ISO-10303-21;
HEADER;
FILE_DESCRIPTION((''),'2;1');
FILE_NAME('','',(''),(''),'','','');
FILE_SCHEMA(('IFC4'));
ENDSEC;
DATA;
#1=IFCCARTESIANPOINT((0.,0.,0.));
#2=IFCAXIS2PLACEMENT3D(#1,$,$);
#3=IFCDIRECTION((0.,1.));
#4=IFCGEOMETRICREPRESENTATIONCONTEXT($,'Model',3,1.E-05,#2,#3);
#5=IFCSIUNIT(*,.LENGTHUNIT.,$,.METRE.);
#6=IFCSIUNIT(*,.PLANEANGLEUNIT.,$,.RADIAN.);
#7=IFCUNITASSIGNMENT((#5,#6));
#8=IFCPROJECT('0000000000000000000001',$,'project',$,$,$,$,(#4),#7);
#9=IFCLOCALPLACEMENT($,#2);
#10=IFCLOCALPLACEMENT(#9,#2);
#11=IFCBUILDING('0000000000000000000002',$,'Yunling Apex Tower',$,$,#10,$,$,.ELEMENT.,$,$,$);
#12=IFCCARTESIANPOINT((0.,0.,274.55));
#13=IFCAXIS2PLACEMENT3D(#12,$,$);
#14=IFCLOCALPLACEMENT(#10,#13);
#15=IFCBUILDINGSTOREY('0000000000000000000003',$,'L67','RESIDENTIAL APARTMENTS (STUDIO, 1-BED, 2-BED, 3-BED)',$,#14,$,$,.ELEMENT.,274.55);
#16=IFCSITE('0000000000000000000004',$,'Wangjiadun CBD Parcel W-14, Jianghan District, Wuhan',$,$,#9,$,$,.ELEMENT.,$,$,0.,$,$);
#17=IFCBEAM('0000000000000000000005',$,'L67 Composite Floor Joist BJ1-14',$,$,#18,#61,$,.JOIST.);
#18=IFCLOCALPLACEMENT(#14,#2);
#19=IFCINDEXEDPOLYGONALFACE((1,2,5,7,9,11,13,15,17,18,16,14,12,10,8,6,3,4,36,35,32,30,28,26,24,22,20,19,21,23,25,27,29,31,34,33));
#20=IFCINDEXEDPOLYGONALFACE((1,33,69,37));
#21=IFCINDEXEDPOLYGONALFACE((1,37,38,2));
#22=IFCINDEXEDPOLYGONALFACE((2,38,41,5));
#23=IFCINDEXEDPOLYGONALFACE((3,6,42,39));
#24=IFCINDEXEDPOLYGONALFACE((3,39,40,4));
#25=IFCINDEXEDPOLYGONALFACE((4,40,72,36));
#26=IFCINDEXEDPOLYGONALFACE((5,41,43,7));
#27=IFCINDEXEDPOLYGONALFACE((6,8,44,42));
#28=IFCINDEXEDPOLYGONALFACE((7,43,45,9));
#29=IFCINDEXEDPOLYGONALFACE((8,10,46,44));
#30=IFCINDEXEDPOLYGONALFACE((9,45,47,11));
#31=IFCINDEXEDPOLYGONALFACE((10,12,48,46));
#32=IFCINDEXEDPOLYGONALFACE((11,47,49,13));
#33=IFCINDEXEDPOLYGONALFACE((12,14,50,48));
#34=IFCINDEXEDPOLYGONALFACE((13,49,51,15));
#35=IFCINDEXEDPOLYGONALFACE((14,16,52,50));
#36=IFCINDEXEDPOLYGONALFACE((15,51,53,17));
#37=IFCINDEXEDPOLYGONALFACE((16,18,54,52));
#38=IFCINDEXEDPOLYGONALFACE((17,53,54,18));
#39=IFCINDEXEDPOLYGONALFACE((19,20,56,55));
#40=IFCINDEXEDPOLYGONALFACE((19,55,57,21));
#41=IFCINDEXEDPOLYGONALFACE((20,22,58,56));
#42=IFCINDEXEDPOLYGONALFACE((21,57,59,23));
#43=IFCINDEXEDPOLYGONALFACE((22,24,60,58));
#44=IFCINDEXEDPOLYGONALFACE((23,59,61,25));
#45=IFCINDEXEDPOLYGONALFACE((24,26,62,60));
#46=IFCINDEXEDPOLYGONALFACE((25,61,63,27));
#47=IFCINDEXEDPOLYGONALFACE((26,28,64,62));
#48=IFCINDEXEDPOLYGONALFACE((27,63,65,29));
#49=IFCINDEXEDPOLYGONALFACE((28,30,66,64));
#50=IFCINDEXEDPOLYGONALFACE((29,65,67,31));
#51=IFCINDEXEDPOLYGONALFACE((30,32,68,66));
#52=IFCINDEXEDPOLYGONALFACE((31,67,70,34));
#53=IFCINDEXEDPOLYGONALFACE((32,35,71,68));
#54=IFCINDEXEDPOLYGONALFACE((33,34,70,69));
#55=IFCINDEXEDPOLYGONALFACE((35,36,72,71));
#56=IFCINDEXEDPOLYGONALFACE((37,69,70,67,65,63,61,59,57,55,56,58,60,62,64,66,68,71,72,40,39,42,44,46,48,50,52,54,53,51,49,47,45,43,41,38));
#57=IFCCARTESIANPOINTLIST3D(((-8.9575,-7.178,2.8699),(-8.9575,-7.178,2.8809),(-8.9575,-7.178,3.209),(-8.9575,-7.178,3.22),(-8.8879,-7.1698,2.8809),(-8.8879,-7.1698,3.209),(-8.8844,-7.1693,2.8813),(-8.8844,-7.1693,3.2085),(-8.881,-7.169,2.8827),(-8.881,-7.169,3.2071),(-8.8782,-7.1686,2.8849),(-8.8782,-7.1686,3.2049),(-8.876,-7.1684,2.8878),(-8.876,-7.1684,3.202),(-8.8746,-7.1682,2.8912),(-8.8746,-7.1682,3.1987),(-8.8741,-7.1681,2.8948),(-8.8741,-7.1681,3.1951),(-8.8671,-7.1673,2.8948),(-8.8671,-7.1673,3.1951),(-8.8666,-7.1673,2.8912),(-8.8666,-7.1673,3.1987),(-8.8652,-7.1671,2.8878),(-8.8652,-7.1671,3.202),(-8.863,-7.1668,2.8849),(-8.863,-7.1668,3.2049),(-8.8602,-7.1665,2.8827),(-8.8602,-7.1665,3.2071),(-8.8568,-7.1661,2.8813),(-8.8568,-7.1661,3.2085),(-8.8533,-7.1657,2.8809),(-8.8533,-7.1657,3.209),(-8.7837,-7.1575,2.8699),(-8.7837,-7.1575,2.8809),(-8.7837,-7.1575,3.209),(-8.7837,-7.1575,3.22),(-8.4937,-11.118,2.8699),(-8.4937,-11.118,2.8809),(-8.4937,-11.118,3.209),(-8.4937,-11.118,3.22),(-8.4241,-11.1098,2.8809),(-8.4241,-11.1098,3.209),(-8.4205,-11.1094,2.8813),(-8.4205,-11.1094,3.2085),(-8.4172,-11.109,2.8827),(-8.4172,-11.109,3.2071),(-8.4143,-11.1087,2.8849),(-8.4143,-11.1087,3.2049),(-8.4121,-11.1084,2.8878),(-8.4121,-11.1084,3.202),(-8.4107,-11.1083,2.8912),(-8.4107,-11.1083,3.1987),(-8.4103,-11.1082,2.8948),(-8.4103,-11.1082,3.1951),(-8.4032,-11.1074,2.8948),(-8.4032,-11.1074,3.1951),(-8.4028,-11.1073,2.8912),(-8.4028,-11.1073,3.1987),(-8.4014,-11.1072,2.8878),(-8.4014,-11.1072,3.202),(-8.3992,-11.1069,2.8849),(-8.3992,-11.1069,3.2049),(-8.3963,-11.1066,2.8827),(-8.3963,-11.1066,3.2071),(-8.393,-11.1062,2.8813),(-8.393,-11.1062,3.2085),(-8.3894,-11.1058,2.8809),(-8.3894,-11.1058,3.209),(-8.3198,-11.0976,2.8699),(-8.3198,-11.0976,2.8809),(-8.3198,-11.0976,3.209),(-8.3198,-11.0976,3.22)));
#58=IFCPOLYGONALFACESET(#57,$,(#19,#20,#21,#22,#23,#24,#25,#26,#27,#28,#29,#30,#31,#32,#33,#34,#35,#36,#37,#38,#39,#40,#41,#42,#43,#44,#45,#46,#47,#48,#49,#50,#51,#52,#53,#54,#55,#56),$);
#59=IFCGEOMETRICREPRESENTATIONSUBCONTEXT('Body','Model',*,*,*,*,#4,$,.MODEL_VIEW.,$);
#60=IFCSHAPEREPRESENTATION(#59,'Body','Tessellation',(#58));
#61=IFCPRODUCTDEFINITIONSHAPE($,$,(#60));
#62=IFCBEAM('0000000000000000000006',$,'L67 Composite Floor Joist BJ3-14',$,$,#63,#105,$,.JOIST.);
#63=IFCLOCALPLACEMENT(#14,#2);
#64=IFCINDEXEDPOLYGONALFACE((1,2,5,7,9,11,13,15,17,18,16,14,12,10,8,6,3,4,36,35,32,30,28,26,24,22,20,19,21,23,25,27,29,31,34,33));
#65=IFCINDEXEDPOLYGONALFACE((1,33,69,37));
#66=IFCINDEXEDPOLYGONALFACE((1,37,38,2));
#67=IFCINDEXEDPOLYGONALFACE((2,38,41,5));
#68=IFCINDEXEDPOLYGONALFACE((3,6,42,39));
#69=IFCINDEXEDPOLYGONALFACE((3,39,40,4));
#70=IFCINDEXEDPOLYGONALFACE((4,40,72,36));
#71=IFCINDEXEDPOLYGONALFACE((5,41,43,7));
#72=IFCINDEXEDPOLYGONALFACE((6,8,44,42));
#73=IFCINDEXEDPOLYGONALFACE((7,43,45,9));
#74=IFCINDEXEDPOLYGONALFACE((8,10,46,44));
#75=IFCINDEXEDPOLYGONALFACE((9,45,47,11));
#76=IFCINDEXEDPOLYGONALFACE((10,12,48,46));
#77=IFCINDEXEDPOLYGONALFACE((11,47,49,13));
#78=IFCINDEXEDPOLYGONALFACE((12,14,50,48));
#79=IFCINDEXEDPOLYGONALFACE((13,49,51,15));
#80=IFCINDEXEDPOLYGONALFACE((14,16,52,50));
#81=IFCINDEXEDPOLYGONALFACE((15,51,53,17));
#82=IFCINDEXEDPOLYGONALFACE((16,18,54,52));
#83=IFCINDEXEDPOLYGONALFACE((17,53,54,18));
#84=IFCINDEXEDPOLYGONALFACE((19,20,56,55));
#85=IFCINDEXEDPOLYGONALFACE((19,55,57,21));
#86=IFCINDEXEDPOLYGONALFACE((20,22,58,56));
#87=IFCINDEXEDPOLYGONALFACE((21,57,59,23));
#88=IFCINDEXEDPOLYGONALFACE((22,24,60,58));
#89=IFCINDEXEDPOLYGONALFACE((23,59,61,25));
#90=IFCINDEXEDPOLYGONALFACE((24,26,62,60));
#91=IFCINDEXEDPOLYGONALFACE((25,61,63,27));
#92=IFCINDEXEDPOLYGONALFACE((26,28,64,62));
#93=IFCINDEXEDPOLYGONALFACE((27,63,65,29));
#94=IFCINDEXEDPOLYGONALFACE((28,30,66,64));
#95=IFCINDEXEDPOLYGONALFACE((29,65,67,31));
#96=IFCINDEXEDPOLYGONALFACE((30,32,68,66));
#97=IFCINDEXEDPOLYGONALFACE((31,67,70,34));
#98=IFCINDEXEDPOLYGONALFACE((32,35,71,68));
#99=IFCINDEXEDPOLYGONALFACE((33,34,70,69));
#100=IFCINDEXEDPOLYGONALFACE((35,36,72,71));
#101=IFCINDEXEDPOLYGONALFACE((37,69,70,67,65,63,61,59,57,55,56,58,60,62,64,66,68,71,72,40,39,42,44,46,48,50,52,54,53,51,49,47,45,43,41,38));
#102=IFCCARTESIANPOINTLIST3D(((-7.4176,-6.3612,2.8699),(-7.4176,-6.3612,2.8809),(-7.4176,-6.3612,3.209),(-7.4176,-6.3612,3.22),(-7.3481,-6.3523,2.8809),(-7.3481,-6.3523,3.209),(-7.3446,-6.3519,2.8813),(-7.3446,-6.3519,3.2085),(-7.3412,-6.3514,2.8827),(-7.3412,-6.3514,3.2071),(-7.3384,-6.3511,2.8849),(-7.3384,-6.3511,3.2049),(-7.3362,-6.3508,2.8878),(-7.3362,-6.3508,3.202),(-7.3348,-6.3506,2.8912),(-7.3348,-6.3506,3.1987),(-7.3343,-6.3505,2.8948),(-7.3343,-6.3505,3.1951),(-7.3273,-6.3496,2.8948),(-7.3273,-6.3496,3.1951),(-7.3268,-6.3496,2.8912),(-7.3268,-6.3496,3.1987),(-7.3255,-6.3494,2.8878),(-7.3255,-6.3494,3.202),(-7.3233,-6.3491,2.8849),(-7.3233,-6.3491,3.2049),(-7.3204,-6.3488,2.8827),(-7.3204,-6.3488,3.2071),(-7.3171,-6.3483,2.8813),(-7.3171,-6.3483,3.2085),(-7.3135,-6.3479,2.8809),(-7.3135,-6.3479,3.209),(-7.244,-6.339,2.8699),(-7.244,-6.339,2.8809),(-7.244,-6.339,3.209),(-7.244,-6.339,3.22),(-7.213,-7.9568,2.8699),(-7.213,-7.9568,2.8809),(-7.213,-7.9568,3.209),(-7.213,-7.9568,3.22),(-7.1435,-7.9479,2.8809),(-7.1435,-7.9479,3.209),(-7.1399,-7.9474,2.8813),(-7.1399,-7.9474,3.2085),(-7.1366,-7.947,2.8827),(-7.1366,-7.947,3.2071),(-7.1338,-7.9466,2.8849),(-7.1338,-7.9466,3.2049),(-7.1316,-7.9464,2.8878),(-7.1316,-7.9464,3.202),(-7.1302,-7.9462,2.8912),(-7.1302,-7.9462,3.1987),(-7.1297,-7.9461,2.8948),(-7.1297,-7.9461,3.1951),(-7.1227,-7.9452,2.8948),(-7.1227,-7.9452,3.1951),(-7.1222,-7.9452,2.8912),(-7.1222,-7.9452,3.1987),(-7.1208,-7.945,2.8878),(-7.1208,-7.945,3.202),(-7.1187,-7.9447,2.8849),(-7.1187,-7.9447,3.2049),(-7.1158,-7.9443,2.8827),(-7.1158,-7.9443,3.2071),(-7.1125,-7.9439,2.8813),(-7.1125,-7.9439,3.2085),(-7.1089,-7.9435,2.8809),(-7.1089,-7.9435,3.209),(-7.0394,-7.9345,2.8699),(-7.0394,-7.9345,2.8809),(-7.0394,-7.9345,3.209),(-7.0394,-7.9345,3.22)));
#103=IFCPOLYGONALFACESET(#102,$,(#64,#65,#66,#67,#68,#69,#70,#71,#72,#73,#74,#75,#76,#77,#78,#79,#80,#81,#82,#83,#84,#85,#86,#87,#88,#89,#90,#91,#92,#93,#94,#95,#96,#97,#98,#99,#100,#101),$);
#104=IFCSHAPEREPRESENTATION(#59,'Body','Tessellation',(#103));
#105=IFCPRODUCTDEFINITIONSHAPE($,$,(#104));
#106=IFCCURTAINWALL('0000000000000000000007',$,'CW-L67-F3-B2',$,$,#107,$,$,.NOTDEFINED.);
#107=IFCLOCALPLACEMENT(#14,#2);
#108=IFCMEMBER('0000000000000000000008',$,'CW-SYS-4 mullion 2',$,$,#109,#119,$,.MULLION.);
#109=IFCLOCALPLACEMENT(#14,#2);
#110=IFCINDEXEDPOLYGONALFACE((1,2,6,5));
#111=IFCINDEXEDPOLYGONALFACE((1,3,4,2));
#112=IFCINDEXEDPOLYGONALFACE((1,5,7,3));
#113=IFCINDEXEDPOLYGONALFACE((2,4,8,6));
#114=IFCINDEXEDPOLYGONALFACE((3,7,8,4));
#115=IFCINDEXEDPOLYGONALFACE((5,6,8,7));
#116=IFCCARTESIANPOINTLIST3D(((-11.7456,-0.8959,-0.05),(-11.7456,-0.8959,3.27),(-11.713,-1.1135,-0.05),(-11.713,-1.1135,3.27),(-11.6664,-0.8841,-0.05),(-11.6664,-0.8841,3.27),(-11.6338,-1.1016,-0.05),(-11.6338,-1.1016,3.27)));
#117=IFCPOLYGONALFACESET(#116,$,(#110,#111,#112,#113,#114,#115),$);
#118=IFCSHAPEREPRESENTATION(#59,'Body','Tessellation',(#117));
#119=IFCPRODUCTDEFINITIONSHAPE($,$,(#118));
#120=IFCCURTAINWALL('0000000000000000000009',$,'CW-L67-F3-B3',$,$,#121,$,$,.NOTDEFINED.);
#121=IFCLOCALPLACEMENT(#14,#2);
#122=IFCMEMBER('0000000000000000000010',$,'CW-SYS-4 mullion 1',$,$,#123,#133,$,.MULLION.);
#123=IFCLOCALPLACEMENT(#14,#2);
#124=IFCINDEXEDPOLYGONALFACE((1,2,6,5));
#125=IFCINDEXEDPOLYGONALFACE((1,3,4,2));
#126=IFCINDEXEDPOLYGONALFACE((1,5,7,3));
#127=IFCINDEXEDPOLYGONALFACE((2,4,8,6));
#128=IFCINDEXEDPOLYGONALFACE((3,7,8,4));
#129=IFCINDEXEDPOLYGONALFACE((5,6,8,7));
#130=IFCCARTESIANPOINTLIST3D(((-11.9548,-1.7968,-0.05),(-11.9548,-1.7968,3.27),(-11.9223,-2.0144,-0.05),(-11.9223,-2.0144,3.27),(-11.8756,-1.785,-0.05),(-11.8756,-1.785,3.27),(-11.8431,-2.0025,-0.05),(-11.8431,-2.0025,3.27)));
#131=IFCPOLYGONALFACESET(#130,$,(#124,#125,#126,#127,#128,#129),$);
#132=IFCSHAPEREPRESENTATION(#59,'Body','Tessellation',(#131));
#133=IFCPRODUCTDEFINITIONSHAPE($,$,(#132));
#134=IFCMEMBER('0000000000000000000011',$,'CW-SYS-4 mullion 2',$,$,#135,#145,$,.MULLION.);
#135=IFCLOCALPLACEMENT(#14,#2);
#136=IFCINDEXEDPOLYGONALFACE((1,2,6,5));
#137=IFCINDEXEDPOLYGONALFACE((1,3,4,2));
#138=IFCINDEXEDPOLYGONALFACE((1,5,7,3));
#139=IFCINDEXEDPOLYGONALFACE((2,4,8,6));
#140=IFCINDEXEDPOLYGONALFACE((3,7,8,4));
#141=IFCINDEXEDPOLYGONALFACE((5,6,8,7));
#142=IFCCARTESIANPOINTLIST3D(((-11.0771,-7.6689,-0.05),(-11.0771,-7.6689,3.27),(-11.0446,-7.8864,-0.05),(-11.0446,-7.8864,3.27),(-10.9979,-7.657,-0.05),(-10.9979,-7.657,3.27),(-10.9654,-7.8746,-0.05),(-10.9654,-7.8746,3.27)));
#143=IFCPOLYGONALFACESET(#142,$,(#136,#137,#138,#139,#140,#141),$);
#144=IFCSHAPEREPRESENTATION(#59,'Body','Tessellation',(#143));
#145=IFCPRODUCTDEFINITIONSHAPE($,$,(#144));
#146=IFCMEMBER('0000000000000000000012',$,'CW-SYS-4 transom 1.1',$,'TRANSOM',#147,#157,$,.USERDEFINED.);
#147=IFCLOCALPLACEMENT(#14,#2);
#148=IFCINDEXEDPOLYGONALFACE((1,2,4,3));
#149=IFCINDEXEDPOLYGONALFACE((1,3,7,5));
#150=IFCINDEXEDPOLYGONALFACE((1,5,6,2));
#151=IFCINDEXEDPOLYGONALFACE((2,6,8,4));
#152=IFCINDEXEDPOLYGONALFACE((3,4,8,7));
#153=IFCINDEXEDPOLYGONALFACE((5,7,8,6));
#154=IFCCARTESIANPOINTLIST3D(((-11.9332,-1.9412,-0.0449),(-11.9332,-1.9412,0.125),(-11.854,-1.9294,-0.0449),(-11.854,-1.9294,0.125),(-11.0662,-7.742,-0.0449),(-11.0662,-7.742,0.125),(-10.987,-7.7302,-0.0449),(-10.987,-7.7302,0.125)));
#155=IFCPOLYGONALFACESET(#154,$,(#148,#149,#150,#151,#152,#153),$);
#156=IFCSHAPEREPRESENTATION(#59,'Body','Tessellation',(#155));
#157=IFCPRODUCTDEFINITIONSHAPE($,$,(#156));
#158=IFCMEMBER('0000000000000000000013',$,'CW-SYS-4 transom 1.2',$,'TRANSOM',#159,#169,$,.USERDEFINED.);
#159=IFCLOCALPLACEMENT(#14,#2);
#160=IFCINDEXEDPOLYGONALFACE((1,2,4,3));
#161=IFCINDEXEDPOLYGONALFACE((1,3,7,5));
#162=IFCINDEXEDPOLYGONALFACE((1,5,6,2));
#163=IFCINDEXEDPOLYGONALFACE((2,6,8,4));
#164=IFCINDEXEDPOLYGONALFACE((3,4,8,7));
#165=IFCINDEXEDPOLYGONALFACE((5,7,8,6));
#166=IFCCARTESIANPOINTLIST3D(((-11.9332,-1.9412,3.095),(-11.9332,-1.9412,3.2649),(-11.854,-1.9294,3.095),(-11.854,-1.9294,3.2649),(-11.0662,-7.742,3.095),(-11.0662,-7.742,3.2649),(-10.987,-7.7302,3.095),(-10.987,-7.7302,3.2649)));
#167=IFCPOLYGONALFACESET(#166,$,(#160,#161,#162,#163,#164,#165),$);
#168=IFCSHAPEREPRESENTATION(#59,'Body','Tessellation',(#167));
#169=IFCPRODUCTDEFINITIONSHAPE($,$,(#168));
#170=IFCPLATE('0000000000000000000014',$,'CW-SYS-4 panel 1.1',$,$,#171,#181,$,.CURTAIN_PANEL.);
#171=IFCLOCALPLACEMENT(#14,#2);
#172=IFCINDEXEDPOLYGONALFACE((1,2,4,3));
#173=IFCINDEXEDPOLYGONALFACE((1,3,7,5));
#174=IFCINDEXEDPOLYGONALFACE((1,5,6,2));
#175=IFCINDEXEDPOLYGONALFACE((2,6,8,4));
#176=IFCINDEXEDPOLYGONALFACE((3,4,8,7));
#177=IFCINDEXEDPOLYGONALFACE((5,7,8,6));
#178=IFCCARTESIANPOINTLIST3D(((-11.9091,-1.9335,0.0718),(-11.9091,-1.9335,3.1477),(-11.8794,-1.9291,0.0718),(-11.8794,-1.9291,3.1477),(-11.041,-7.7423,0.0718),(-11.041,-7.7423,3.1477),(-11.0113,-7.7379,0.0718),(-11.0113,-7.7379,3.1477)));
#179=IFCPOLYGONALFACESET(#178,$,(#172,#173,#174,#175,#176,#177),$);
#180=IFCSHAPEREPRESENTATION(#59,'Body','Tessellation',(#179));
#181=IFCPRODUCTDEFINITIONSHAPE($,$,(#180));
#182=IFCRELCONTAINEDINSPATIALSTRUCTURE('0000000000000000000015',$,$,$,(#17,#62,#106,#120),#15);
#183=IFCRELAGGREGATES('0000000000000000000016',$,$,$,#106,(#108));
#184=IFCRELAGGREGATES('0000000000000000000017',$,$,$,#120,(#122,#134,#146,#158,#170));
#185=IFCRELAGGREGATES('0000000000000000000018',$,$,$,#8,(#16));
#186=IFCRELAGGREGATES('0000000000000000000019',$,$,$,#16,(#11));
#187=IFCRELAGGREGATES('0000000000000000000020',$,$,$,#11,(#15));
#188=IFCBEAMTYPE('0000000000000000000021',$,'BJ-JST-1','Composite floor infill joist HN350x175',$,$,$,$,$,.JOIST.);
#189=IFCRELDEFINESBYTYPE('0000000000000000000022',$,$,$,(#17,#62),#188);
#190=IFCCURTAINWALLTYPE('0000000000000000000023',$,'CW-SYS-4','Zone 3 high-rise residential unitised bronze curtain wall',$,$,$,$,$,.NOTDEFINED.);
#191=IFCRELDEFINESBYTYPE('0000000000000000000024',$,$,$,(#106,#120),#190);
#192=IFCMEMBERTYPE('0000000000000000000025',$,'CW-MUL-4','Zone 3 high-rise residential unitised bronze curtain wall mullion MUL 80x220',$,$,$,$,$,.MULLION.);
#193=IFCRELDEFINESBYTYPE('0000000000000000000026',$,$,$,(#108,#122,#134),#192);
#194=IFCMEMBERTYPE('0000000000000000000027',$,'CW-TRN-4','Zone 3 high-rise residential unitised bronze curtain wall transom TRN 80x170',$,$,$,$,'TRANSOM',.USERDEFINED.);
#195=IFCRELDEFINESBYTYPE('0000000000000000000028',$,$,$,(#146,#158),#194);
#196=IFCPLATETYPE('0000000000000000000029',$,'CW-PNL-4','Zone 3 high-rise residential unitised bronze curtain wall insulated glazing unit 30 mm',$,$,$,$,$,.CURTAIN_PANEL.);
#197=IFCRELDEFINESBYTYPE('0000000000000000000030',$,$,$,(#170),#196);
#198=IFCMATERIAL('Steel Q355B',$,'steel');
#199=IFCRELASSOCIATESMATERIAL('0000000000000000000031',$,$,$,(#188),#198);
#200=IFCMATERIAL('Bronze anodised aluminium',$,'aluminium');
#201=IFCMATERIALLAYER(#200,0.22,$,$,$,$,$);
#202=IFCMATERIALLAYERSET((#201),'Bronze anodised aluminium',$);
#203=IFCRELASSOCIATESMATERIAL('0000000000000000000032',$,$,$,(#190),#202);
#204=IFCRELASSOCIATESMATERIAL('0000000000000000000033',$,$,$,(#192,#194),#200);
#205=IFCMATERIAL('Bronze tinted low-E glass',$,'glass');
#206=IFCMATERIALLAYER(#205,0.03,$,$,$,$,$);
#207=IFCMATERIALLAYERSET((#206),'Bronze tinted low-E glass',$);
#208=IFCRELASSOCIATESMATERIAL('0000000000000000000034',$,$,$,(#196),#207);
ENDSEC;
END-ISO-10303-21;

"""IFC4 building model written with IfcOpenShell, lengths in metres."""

from ifc_helpers import new_model, si_unit, direction, frame, origin, origin_2d, place, context, subcontext, project, spatial, rectangle, i_section, extrude, source, transform, mapped, material, layer, layer_set, material_profile, profile_set, type_object, element, aggregate, save


model = new_model("IFC4")

# Units and contexts
model_context = context("Model", 3, precision=1e-05, world=origin(), true_north=direction((0.0, 1.0)))
body_context = subcontext(model_context, "Body", "Model", "MODEL_VIEW")
ifc_project = project(units=[si_unit("LENGTHUNIT", "METRE"), si_unit("PLANEANGLEUNIT", "RADIAN")], contexts=[model_context])

# Site, building, storey
site_placement = place(None, origin())
site = spatial("IfcSite", under=ifc_project, at=site_placement, Name="Wangjiadun CBD Parcel W-14, Jianghan District, Wuhan", CompositionType="ELEMENT", RefElevation=0.0)
building_placement = place(site_placement, origin())
building = spatial("IfcBuilding", under=site, at=building_placement, Name="Yunling Apex Tower", CompositionType="ELEMENT")
storey_placement = place(building_placement, frame((0.0, 0.0, 274.55)))
storey = spatial("IfcBuildingStorey", under=building, at=storey_placement, Name="L67", Description="RESIDENTIAL APARTMENTS (STUDIO, 1-BED, 2-BED, 3-BED)", CompositionType="ELEMENT", Elevation=274.55)

# Shared definitions
ifc_material_1 = material(Name="Steel Q355B", Category="steel")

# Beams
ifc_material_profile_1 = material_profile(ifc_material_1, i_section(OverallWidth=0.175, OverallDepth=0.3501, WebThickness=0.0071, FlangeThickness=0.011, FilletRadius=0.0139, at=origin_2d()))
ifc_profile_set_1 = profile_set([ifc_material_profile_1], Name="Steel Q355B")
beam_type_1 = type_object("IfcBeamType", Name="BJ-JST-1", Description="Composite floor infill joist HN350x175", PredefinedType="JOIST", material=ifc_profile_set_1)
shared_shape_1 = source(origin(), body_context, "Body", "SweptSolid", [
    extrude(i_section(OverallWidth=0.175, OverallDepth=0.3501, WebThickness=0.0071, FlangeThickness=0.011, FilletRadius=0.0139, at=origin_2d()), origin(), (0.0, 0.0, 1.0), 3.9673),
])
beam_1_placement = place(storey_placement, frame((-8.8706, -7.1677, 3.0449), z_axis=(0.11692, -0.993141, 0.0), x_axis=(0.993141, 0.11692, 0.0)))
element("IfcBeam", 1, at=beam_1_placement, inside=storey, type_object=beam_type_1, Name="L67 Composite Floor Joist BJ1-14", PredefinedType="JOIST", context=body_context, shape_type="MappedRepresentation", body=[
    mapped(shared_shape_1, transform((0.0, 0.0, 0.0), scale=1.0)),
])
shared_shape_2 = source(origin(), body_context, "Body", "SweptSolid", [
    extrude(i_section(OverallWidth=0.175, OverallDepth=0.3501, WebThickness=0.0071, FlangeThickness=0.011, FilletRadius=0.0139, at=origin_2d()), origin(), (0.0, 0.0, 1.0), 1.6086),
])
beam_2_placement = place(storey_placement, frame((-7.3308, -6.3501, 3.0449), z_axis=(0.127191, -0.991878, 0.0), x_axis=(0.991878, 0.127191, 0.0)))
element("IfcBeam", 2, at=beam_2_placement, inside=storey, type_object=beam_type_1, Name="L67 Composite Floor Joist BJ3-14", PredefinedType="JOIST", context=body_context, shape_type="MappedRepresentation", body=[
    mapped(shared_shape_2, transform((0.0, 0.0, 0.0), scale=1.0)),
])

# Curtain wall, member
ifc_material_2 = material(Name="Bronze anodised aluminium", Category="aluminium")
ifc_layer_1 = layer(ifc_material_2, 0.22)
ifc_layer_set_1 = layer_set([ifc_layer_1], Name="Bronze anodised aluminium")
curtain_wall_type = type_object("IfcCurtainWallType", Name="CW-SYS-4", Description="Zone 3 high-rise residential unitised bronze curtain wall", PredefinedType="NOTDEFINED", material=ifc_layer_set_1)
curtain_wall_1_placement = place(storey_placement, origin())
curtain_wall_1 = element("IfcCurtainWall", 3, at=curtain_wall_1_placement, inside=storey, type_object=curtain_wall_type, Name="CW-L67-F3-B2", PredefinedType="NOTDEFINED")
ifc_material_profile_2 = material_profile(ifc_material_2, rectangle(XDim=0.0801, YDim=0.22, at=origin_2d()))
ifc_profile_set_2 = profile_set([ifc_material_profile_2], Name="Bronze anodised aluminium")
member_type_1 = type_object("IfcMemberType", Name="CW-MUL-4", Description="Zone 3 high-rise residential unitised bronze curtain wall mullion MUL 80x220", PredefinedType="MULLION", material=ifc_profile_set_2)
shared_shape_3 = source(origin(), body_context, "Body", "SweptSolid", [
    extrude(rectangle(XDim=0.0801, YDim=0.22, at=origin_2d()), origin(), (0.0, 0.0, 1.0), 3.3201),
])
member_1_placement = place(storey_placement, frame((-11.6897, -0.9988, -0.05), z_axis=(0.0, 0.0, 1.0), x_axis=(0.989017, 0.147804, 0.0)))
member_1 = element("IfcMember", 4, at=member_1_placement, type_object=member_type_1, Name="CW-SYS-4 mullion 2", PredefinedType="MULLION", context=body_context, shape_type="MappedRepresentation", body=[
    mapped(shared_shape_3, transform((0.0, 0.0, 0.0), scale=1.0)),
])
aggregate(curtain_wall_1, [member_1])

# Curtain wall, members, plate
curtain_wall_2_placement = place(storey_placement, origin())
curtain_wall_2 = element("IfcCurtainWall", 5, at=curtain_wall_2_placement, inside=storey, type_object=curtain_wall_type, Name="CW-L67-F3-B3", PredefinedType="NOTDEFINED")
member_2_placement = place(storey_placement, frame((-11.8989, -1.8997, -0.05), z_axis=(0.0, 0.0, 1.0), x_axis=(0.989016, 0.147807, 0.0)))
member_2 = element("IfcMember", 6, at=member_2_placement, type_object=member_type_1, Name="CW-SYS-4 mullion 1", PredefinedType="MULLION", context=body_context, shape_type="MappedRepresentation", body=[
    mapped(shared_shape_3, transform((0.0, 0.0, 0.0), scale=1.0)),
])
member_3_placement = place(storey_placement, frame((-11.0212, -7.7717, -0.05), z_axis=(0.0, 0.0, 1.0), x_axis=(0.989016, 0.147807, 0.0)))
member_3 = element("IfcMember", 7, at=member_3_placement, type_object=member_type_1, Name="CW-SYS-4 mullion 2", PredefinedType="MULLION", context=body_context, shape_type="MappedRepresentation", body=[
    mapped(shared_shape_3, transform((0.0, 0.0, 0.0), scale=1.0)),
])
ifc_material_profile_3 = material_profile(ifc_material_2, rectangle(XDim=0.0801, YDim=0.1699, at=origin_2d()))
ifc_profile_set_3 = profile_set([ifc_material_profile_3], Name="Bronze anodised aluminium")
member_type_2 = type_object("IfcMemberType", Name="CW-TRN-4", Description="Zone 3 high-rise residential unitised bronze curtain wall transom TRN 80x170", ElementType="TRANSOM", PredefinedType="USERDEFINED", material=ifc_profile_set_3)
shared_shape_4 = source(origin(), body_context, "Body", "SweptSolid", [
    extrude(rectangle(XDim=0.0801, YDim=0.1699, at=origin_2d()), origin(), (0.0, 0.0, 1.0), 5.8652),
])
member_4_placement = place(storey_placement, frame((-11.8936, -1.9353, 0.04), z_axis=(0.147811, -0.989016, 0.0), x_axis=(0.989016, 0.147811, 0.0)))
member_4 = element("IfcMember", 8, at=member_4_placement, type_object=member_type_2, Name="CW-SYS-4 transom 1.1", ObjectType="TRANSOM", PredefinedType="USERDEFINED", context=body_context, shape_type="MappedRepresentation", body=[
    mapped(shared_shape_4, transform((0.0, 0.0, 0.0), scale=1.0)),
])
member_5_placement = place(storey_placement, frame((-11.8936, -1.9353, 3.1799), z_axis=(0.147811, -0.989016, 0.0), x_axis=(0.989016, 0.147811, 0.0)))
member_5 = element("IfcMember", 9, at=member_5_placement, type_object=member_type_2, Name="CW-SYS-4 transom 1.2", ObjectType="TRANSOM", PredefinedType="USERDEFINED", context=body_context, shape_type="MappedRepresentation", body=[
    mapped(shared_shape_4, transform((0.0, 0.0, 0.0), scale=1.0)),
])
ifc_material_3 = material(Name="Bronze tinted low-E glass", Category="glass")
ifc_layer_2 = layer(ifc_material_3, 0.03)
ifc_layer_set_2 = layer_set([ifc_layer_2], Name="Bronze tinted low-E glass")
plate_type = type_object("IfcPlateType", Name="CW-PNL-4", Description="Zone 3 high-rise residential unitised bronze curtain wall insulated glazing unit 30 mm", PredefinedType="CURTAIN_PANEL", material=ifc_layer_set_2)
shared_shape_5 = source(origin(), body_context, "Body", "SweptSolid", [
    extrude(rectangle(XDim=5.8733, YDim=0.03, at=origin_2d()), origin(), (0.0, 0.0, 1.0), 3.0759),
])
plate_placement = place(storey_placement, frame((-11.4602, -4.8357, 0.0718), z_axis=(0.0, 0.0, 1.0), x_axis=(0.147807, -0.989016, 0.0)))
plate = element("IfcPlate", 10, at=plate_placement, type_object=plate_type, Name="CW-SYS-4 panel 1.1", PredefinedType="CURTAIN_PANEL", context=body_context, shape_type="MappedRepresentation", body=[
    mapped(shared_shape_5, transform((0.0, 0.0, 0.0), scale=1.0)),
])
aggregate(curtain_wall_2, [member_2, member_3, member_4, member_5, plate])

save(model, "model.ifc")
